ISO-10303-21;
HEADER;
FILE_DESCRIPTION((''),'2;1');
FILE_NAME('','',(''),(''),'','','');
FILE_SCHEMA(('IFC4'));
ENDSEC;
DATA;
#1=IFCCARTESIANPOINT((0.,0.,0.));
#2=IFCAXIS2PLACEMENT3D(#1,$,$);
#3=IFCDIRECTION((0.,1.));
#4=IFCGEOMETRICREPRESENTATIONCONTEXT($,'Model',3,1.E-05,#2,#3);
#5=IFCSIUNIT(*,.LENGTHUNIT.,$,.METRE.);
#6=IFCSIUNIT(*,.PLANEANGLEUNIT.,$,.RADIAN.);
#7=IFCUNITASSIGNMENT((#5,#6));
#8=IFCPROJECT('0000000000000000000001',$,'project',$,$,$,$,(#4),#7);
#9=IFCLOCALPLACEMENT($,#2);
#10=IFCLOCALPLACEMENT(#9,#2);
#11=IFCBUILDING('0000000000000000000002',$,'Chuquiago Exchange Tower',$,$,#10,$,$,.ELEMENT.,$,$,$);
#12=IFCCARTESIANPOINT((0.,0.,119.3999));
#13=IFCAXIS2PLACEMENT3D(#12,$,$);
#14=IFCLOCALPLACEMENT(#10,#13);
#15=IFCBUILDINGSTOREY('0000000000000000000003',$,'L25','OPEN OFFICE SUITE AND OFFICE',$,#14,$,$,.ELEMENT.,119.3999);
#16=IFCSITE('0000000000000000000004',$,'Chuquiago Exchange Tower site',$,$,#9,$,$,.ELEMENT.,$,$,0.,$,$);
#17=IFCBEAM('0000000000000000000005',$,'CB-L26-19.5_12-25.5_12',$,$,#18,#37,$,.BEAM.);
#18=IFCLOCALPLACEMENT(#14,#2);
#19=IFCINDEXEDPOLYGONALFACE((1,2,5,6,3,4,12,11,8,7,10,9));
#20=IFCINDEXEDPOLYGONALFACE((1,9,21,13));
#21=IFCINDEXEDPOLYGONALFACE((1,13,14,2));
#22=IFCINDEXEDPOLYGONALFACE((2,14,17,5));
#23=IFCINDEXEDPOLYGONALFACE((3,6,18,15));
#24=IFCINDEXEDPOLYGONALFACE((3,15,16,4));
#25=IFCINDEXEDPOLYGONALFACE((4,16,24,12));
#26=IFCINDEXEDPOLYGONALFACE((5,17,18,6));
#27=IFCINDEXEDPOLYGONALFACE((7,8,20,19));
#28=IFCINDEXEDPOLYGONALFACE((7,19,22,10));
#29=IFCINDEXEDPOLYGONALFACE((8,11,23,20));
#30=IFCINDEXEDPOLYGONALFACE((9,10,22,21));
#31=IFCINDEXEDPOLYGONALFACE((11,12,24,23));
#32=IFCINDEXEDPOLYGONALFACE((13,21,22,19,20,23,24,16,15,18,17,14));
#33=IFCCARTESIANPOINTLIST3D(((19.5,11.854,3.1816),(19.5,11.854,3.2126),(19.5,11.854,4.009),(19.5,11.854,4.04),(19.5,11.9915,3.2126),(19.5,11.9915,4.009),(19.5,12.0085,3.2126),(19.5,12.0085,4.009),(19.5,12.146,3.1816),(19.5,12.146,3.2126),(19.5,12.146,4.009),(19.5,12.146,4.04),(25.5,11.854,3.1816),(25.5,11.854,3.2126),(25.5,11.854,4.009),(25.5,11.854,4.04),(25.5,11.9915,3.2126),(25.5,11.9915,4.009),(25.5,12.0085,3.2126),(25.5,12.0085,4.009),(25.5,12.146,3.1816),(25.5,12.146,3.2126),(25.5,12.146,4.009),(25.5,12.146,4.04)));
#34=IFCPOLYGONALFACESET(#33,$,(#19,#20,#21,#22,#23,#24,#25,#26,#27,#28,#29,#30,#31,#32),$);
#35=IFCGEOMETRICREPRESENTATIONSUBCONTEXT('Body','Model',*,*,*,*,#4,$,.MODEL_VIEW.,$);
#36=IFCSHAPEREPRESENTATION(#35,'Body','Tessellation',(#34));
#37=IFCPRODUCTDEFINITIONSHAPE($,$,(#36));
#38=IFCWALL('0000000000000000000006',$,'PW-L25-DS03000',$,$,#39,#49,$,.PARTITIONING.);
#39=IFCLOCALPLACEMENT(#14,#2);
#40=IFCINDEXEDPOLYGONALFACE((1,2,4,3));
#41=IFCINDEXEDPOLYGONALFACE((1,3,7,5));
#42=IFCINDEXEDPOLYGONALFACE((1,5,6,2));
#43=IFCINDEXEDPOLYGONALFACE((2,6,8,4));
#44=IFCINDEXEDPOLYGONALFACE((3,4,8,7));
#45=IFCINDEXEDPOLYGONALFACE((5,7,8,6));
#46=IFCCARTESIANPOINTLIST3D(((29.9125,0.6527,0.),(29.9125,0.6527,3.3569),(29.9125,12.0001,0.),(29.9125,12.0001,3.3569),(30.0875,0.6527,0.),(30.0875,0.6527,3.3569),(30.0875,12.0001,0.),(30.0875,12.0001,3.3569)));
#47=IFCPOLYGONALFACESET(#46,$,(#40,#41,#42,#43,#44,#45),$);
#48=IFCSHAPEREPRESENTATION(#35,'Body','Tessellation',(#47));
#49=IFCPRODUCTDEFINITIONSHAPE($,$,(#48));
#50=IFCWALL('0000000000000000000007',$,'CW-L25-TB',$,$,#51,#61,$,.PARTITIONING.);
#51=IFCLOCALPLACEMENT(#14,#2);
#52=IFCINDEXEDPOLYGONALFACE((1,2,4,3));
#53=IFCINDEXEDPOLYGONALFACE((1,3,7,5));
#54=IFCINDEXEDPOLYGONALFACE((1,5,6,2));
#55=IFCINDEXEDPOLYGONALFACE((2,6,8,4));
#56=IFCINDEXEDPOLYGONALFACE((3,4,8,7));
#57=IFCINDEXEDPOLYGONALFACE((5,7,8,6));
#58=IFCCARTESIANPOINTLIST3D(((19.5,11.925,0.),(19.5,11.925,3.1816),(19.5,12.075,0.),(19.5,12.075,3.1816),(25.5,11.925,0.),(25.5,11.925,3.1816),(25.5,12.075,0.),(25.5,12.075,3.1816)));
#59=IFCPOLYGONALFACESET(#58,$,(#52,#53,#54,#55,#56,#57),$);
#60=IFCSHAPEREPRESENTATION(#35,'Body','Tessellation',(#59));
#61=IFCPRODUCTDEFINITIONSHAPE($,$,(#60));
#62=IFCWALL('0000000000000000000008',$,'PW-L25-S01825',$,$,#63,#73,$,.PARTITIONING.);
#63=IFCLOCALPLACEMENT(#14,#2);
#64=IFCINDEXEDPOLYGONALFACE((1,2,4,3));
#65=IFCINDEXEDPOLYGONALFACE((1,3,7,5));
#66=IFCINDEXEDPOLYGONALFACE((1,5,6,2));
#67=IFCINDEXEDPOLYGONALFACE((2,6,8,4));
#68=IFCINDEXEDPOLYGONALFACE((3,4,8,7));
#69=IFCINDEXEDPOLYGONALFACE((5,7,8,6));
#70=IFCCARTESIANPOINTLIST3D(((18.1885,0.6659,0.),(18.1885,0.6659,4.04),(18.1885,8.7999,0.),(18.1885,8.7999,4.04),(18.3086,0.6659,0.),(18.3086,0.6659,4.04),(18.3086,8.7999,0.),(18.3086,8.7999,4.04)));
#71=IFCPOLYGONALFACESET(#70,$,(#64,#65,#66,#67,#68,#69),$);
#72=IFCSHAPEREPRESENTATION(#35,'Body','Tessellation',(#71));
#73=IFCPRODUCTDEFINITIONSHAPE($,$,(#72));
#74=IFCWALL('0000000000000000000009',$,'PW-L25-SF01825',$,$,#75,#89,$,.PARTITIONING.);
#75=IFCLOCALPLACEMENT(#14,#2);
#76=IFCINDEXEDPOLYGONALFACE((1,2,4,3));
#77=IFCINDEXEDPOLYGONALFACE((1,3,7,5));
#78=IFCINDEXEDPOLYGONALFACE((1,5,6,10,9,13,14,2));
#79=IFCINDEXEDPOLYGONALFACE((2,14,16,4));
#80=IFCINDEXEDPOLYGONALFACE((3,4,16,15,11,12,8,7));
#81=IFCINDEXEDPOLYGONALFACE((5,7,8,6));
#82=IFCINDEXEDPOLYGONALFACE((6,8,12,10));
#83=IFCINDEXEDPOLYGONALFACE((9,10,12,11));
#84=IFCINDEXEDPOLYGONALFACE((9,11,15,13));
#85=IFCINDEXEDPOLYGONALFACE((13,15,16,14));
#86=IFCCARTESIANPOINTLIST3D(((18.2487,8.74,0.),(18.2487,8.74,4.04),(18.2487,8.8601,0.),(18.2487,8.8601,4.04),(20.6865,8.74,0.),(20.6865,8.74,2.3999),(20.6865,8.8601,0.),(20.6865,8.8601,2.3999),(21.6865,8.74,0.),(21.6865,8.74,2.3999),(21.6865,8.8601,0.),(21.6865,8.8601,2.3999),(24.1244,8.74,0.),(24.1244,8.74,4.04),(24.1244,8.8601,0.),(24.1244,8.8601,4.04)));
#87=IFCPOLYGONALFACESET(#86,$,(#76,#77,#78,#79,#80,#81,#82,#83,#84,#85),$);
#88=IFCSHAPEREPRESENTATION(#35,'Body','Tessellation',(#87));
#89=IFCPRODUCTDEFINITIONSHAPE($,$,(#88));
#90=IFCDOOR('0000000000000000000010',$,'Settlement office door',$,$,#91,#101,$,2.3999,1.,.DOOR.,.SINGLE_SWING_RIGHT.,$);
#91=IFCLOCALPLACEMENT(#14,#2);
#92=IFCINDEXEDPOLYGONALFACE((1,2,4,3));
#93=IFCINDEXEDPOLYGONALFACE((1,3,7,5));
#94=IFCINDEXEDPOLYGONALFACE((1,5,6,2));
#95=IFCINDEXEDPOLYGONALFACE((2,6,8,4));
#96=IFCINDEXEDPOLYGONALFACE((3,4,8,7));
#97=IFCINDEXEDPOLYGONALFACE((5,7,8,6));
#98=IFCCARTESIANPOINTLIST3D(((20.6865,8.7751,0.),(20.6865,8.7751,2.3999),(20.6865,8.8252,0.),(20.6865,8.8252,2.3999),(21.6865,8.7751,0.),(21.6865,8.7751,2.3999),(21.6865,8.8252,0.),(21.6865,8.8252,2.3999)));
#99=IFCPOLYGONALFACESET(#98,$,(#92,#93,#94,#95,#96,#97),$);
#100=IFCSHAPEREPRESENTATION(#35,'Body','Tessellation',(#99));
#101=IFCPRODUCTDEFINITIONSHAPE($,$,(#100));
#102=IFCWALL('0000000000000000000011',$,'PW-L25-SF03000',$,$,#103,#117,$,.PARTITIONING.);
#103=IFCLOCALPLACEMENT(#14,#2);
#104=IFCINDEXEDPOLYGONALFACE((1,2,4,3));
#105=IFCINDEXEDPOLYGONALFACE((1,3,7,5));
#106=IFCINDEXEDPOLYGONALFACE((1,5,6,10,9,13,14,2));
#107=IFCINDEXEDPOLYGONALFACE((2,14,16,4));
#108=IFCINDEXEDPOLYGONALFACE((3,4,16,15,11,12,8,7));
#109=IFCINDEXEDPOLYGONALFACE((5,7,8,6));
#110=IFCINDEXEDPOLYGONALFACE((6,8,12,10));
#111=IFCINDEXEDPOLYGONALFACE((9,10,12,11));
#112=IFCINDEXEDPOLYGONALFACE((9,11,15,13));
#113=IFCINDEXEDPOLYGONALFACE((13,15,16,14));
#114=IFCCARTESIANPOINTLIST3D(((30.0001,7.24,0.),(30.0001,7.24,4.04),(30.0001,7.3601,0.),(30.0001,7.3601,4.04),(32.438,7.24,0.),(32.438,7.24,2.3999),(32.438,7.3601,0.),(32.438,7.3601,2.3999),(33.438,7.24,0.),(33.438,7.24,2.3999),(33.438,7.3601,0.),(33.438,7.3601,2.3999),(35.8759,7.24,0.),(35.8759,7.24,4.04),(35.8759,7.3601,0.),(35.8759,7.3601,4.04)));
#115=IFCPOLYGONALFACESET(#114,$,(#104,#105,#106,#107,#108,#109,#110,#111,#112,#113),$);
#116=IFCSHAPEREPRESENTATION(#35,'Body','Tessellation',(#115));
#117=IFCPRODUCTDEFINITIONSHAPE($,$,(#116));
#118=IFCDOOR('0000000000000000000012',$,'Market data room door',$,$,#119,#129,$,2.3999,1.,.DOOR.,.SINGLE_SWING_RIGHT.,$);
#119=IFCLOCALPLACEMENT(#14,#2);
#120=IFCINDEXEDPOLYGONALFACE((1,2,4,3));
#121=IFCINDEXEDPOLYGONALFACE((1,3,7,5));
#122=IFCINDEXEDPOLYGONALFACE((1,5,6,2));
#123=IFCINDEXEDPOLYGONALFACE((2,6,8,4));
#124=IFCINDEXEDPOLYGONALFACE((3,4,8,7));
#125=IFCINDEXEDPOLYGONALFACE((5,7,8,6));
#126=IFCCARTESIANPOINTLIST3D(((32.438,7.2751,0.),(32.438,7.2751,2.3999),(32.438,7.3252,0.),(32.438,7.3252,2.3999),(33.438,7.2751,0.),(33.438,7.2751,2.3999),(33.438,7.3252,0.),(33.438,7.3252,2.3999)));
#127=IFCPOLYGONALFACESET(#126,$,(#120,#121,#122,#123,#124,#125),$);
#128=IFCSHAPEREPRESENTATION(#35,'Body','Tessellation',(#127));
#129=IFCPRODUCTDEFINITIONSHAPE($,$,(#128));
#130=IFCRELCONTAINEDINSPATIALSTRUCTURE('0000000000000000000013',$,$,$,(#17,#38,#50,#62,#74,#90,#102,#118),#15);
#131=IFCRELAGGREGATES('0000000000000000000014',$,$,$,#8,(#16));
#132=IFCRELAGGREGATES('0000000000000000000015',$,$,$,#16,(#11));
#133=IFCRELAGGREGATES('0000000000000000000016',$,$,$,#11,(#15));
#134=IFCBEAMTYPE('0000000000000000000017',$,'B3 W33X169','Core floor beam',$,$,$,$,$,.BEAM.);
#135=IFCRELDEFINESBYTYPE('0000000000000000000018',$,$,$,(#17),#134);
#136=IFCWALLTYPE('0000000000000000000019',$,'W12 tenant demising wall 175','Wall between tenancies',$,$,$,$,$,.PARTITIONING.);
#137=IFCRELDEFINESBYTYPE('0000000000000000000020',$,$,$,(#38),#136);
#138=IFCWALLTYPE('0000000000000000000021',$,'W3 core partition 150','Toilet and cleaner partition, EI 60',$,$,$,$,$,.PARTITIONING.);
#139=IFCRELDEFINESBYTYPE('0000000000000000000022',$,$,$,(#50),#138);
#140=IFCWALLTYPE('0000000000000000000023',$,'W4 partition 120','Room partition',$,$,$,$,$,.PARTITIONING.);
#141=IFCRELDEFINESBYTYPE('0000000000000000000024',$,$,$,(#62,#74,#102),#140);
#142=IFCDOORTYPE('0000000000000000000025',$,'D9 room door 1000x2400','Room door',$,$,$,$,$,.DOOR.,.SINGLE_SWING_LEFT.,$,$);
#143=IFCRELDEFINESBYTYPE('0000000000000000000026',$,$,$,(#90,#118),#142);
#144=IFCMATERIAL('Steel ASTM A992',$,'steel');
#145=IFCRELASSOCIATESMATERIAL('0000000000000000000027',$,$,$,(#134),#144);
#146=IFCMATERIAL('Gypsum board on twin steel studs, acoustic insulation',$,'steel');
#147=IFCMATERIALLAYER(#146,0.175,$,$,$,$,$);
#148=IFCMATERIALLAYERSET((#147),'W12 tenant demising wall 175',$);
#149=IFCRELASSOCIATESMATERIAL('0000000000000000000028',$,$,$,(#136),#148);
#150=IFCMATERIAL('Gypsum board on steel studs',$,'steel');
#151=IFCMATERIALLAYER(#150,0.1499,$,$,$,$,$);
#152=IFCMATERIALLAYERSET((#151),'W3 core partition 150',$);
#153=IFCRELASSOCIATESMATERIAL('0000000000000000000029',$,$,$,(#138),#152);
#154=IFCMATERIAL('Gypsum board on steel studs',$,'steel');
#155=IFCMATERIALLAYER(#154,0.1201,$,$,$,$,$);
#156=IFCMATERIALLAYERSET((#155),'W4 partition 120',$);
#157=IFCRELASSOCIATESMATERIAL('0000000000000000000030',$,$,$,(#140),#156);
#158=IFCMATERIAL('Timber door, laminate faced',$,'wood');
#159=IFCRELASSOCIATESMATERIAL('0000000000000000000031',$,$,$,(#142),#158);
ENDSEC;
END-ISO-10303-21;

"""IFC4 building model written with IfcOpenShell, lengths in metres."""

from ifc_helpers import new_model, si_unit, direction, frame, frame_2d, origin, origin_2d, place, context, subcontext, project, spatial, rectangle, i_section, extrude, material, layer, layer_set, material_profile, profile_set, type_object, element, fill, save


model = new_model("IFC4")

# Units and contexts
model_context = context("Model", 3, precision=1e-05, world=origin(), true_north=direction((0.0, 1.0)))
body_context = subcontext(model_context, "Body", "Model", "MODEL_VIEW")
ifc_project = project(units=[si_unit("LENGTHUNIT", "METRE"), si_unit("PLANEANGLEUNIT", "RADIAN")], contexts=[model_context])

# Site, building, storey
site_placement = place(None, origin())
site = spatial("IfcSite", under=ifc_project, at=site_placement, Name="Chuquiago Exchange Tower site", CompositionType="ELEMENT", RefElevation=0.0)
building_placement = place(site_placement, origin())
building = spatial("IfcBuilding", under=site, at=building_placement, Name="Chuquiago Exchange Tower", CompositionType="ELEMENT")
storey_placement = place(building_placement, frame((0.0, 0.0, 119.3999)))
storey = spatial("IfcBuildingStorey", under=building, at=storey_placement, Name="L25", Description="OPEN OFFICE SUITE AND OFFICE", CompositionType="ELEMENT", Elevation=119.3999)

# Beam
ifc_material_1 = material(Name="Steel ASTM A992", Category="steel")
ifc_material_profile_1 = material_profile(ifc_material_1, i_section(OverallWidth=0.292, OverallDepth=0.8584, WebThickness=0.0171, FlangeThickness=0.031, at=origin_2d()), Name="W33X169")
ifc_profile_set_1 = profile_set([ifc_material_profile_1], Name="Steel ASTM A992")
beam_type_1 = type_object("IfcBeamType", Name="B3 W33X169", Description="Core floor beam", PredefinedType="BEAM", material=ifc_profile_set_1)
beam_1_placement = place(storey_placement, frame((19.5, 12.0, 3.6108), z_axis=(1.0, 0.0, 0.0), x_axis=(0.0, 1.0, 0.0)))
element("IfcBeam", 1, at=beam_1_placement, inside=storey, type_object=beam_type_1, Name="CB-L26-19.5_12-25.5_12", PredefinedType="BEAM", context=body_context, shape_type="SweptSolid", body=[
    extrude(i_section(OverallWidth=0.292, OverallDepth=0.8584, WebThickness=0.0171, FlangeThickness=0.031, at=origin_2d()), origin(), (0.0, 0.0, 1.0), 6.0),
])

# Walls
ifc_material_2 = material(Name="Gypsum board on twin steel studs, acoustic insulation", Category="steel")
ifc_layer_1 = layer(ifc_material_2, 0.175)
ifc_layer_set_1 = layer_set([ifc_layer_1], Name="W12 tenant demising wall 175")
wall_type_1 = type_object("IfcWallType", Name="W12 tenant demising wall 175", Description="Wall between tenancies", PredefinedType="PARTITIONING", material=ifc_layer_set_1)
wall_1_placement = place(storey_placement, frame((30.0, 0.6526, 0.0), z_axis=(0.0, 0.0, 1.0), x_axis=(0.0, 1.0, 0.0)))
element("IfcWall", 2, at=wall_1_placement, inside=storey, type_object=wall_type_1, Name="PW-L25-DS03000", PredefinedType="PARTITIONING", context=body_context, shape_type="SweptSolid", body=[
    extrude(rectangle(XDim=11.3474, YDim=0.175, at=frame_2d((5.6738, 0.0))), origin(), (0.0, 0.0, 1.0), 3.3569),
])
ifc_material_3 = material(Name="Gypsum board on steel studs", Category="steel")
ifc_layer_2 = layer(ifc_material_3, 0.1499)
ifc_layer_set_2 = layer_set([ifc_layer_2], Name="W3 core partition 150")
wall_type_2 = type_object("IfcWallType", Name="W3 core partition 150", Description="Toilet and cleaner partition, EI 60", PredefinedType="PARTITIONING", material=ifc_layer_set_2)
wall_2_placement = place(storey_placement, frame((19.5, 12.0, 0.0), z_axis=(0.0, 0.0, 1.0), x_axis=(1.0, 0.0, 0.0)))
element("IfcWall", 3, at=wall_2_placement, inside=storey, type_object=wall_type_2, Name="CW-L25-TB", PredefinedType="PARTITIONING", context=body_context, shape_type="SweptSolid", body=[
    extrude(rectangle(XDim=6.0, YDim=0.1499, at=frame_2d((3.0, 0.0))), origin(), (0.0, 0.0, 1.0), 3.1816),
])
ifc_material_4 = material(Name="Gypsum board on steel studs", Category="steel")
ifc_layer_3 = layer(ifc_material_4, 0.1201)
ifc_layer_set_3 = layer_set([ifc_layer_3], Name="W4 partition 120")
wall_type_3 = type_object("IfcWallType", Name="W4 partition 120", Description="Room partition", PredefinedType="PARTITIONING", material=ifc_layer_set_3)
wall_3_placement = place(storey_placement, frame((18.2485, 0.666, 0.0), z_axis=(0.0, 0.0, 1.0), x_axis=(0.0, 1.0, 0.0)))
element("IfcWall", 4, at=wall_3_placement, inside=storey, type_object=wall_type_3, Name="PW-L25-S01825", PredefinedType="PARTITIONING", context=body_context, shape_type="SweptSolid", body=[
    extrude(rectangle(XDim=8.134, YDim=0.1201, at=frame_2d((4.0669, 0.0))), origin(), (0.0, 0.0, 1.0), 4.04),
])

# Walls, openings, doors
wall_4_placement = place(storey_placement, frame((18.2485, 8.8, 0.0), z_axis=(0.0, 0.0, 1.0), x_axis=(1.0, 0.0, 0.0)))
wall_4 = element("IfcWall", 5, at=wall_4_placement, inside=storey, type_object=wall_type_3, Name="PW-L25-SF01825", PredefinedType="PARTITIONING", context=body_context, shape_type="SweptSolid", body=[
    extrude(rectangle(XDim=5.8757, YDim=0.1201, at=frame_2d((2.938, 0.0))), origin(), (0.0, 0.0, 1.0), 4.04),
])
opening_1_placement = place(wall_4_placement, frame((2.438, 0.0, 0.0)))
opening_1 = element("IfcOpeningElement", 6, at=opening_1_placement, cuts=wall_4, PredefinedType="OPENING", context=body_context, shape_type="SweptSolid", body=[
    extrude(rectangle(XDim=1.0, YDim=2.3999, at=frame_2d((0.5, 1.2))), frame((0.0, 0.0701, 0.0), z_axis=(0.0, -1.0, 0.0), x_axis=(1.0, 0.0, 0.0)), (0.0, 0.0, 1.0), 0.1401),
])
ifc_material_5 = material(Name="Timber door, laminate faced", Category="wood")
door_type_1 = type_object("IfcDoorType", Name="D9 room door 1000x2400", Description="Room door", OperationType="SINGLE_SWING_LEFT", PredefinedType="DOOR", material=ifc_material_5)
door_1_placement = place(opening_1_placement, frame((1.0, 0.0, 0.0), z_axis=(0.0, 0.0, 1.0), x_axis=(-1.0, 0.0, 0.0)))
door_1 = element("IfcDoor", 7, at=door_1_placement, inside=storey, type_object=door_type_1, Name="Settlement office door", OperationType="SINGLE_SWING_RIGHT", OverallHeight=2.3999, OverallWidth=1.0, PredefinedType="DOOR", context=body_context, shape_type="SweptSolid", body=[
    extrude(rectangle(XDim=1.0, YDim=2.3999, at=frame_2d((0.5, 1.2))), frame((0.0, 0.0249, 0.0), z_axis=(0.0, -1.0, 0.0), x_axis=(1.0, 0.0, 0.0)), (0.0, 0.0, 1.0), 0.05),
])
fill(opening_1, door_1)
wall_5_placement = place(storey_placement, frame((30.0, 7.3, 0.0), z_axis=(0.0, 0.0, 1.0), x_axis=(1.0, 0.0, 0.0)))
wall_5 = element("IfcWall", 8, at=wall_5_placement, inside=storey, type_object=wall_type_3, Name="PW-L25-SF03000", PredefinedType="PARTITIONING", context=body_context, shape_type="SweptSolid", body=[
    extrude(rectangle(XDim=5.8757, YDim=0.1201, at=frame_2d((2.938, 0.0))), origin(), (0.0, 0.0, 1.0), 4.04),
])
opening_2_placement = place(wall_5_placement, frame((2.438, 0.0, 0.0)))
opening_2 = element("IfcOpeningElement", 9, at=opening_2_placement, cuts=wall_5, PredefinedType="OPENING", context=body_context, shape_type="SweptSolid", body=[
    extrude(rectangle(XDim=1.0, YDim=2.3999, at=frame_2d((0.5, 1.2))), frame((0.0, 0.0701, 0.0), z_axis=(0.0, -1.0, 0.0), x_axis=(1.0, 0.0, 0.0)), (0.0, 0.0, 1.0), 0.1401),
])
door_2_placement = place(opening_2_placement, frame((1.0, 0.0, 0.0), z_axis=(0.0, 0.0, 1.0), x_axis=(-1.0, 0.0, 0.0)))
door_2 = element("IfcDoor", 10, at=door_2_placement, inside=storey, type_object=door_type_1, Name="Market data room door", OperationType="SINGLE_SWING_RIGHT", OverallHeight=2.3999, OverallWidth=1.0, PredefinedType="DOOR", context=body_context, shape_type="SweptSolid", body=[
    extrude(rectangle(XDim=1.0, YDim=2.3999, at=frame_2d((0.5, 1.2))), frame((0.0, 0.0249, 0.0), z_axis=(0.0, -1.0, 0.0), x_axis=(1.0, 0.0, 0.0)), (0.0, 0.0, 1.0), 0.05),
])
fill(opening_2, door_2)

save(model, "model.ifc")
